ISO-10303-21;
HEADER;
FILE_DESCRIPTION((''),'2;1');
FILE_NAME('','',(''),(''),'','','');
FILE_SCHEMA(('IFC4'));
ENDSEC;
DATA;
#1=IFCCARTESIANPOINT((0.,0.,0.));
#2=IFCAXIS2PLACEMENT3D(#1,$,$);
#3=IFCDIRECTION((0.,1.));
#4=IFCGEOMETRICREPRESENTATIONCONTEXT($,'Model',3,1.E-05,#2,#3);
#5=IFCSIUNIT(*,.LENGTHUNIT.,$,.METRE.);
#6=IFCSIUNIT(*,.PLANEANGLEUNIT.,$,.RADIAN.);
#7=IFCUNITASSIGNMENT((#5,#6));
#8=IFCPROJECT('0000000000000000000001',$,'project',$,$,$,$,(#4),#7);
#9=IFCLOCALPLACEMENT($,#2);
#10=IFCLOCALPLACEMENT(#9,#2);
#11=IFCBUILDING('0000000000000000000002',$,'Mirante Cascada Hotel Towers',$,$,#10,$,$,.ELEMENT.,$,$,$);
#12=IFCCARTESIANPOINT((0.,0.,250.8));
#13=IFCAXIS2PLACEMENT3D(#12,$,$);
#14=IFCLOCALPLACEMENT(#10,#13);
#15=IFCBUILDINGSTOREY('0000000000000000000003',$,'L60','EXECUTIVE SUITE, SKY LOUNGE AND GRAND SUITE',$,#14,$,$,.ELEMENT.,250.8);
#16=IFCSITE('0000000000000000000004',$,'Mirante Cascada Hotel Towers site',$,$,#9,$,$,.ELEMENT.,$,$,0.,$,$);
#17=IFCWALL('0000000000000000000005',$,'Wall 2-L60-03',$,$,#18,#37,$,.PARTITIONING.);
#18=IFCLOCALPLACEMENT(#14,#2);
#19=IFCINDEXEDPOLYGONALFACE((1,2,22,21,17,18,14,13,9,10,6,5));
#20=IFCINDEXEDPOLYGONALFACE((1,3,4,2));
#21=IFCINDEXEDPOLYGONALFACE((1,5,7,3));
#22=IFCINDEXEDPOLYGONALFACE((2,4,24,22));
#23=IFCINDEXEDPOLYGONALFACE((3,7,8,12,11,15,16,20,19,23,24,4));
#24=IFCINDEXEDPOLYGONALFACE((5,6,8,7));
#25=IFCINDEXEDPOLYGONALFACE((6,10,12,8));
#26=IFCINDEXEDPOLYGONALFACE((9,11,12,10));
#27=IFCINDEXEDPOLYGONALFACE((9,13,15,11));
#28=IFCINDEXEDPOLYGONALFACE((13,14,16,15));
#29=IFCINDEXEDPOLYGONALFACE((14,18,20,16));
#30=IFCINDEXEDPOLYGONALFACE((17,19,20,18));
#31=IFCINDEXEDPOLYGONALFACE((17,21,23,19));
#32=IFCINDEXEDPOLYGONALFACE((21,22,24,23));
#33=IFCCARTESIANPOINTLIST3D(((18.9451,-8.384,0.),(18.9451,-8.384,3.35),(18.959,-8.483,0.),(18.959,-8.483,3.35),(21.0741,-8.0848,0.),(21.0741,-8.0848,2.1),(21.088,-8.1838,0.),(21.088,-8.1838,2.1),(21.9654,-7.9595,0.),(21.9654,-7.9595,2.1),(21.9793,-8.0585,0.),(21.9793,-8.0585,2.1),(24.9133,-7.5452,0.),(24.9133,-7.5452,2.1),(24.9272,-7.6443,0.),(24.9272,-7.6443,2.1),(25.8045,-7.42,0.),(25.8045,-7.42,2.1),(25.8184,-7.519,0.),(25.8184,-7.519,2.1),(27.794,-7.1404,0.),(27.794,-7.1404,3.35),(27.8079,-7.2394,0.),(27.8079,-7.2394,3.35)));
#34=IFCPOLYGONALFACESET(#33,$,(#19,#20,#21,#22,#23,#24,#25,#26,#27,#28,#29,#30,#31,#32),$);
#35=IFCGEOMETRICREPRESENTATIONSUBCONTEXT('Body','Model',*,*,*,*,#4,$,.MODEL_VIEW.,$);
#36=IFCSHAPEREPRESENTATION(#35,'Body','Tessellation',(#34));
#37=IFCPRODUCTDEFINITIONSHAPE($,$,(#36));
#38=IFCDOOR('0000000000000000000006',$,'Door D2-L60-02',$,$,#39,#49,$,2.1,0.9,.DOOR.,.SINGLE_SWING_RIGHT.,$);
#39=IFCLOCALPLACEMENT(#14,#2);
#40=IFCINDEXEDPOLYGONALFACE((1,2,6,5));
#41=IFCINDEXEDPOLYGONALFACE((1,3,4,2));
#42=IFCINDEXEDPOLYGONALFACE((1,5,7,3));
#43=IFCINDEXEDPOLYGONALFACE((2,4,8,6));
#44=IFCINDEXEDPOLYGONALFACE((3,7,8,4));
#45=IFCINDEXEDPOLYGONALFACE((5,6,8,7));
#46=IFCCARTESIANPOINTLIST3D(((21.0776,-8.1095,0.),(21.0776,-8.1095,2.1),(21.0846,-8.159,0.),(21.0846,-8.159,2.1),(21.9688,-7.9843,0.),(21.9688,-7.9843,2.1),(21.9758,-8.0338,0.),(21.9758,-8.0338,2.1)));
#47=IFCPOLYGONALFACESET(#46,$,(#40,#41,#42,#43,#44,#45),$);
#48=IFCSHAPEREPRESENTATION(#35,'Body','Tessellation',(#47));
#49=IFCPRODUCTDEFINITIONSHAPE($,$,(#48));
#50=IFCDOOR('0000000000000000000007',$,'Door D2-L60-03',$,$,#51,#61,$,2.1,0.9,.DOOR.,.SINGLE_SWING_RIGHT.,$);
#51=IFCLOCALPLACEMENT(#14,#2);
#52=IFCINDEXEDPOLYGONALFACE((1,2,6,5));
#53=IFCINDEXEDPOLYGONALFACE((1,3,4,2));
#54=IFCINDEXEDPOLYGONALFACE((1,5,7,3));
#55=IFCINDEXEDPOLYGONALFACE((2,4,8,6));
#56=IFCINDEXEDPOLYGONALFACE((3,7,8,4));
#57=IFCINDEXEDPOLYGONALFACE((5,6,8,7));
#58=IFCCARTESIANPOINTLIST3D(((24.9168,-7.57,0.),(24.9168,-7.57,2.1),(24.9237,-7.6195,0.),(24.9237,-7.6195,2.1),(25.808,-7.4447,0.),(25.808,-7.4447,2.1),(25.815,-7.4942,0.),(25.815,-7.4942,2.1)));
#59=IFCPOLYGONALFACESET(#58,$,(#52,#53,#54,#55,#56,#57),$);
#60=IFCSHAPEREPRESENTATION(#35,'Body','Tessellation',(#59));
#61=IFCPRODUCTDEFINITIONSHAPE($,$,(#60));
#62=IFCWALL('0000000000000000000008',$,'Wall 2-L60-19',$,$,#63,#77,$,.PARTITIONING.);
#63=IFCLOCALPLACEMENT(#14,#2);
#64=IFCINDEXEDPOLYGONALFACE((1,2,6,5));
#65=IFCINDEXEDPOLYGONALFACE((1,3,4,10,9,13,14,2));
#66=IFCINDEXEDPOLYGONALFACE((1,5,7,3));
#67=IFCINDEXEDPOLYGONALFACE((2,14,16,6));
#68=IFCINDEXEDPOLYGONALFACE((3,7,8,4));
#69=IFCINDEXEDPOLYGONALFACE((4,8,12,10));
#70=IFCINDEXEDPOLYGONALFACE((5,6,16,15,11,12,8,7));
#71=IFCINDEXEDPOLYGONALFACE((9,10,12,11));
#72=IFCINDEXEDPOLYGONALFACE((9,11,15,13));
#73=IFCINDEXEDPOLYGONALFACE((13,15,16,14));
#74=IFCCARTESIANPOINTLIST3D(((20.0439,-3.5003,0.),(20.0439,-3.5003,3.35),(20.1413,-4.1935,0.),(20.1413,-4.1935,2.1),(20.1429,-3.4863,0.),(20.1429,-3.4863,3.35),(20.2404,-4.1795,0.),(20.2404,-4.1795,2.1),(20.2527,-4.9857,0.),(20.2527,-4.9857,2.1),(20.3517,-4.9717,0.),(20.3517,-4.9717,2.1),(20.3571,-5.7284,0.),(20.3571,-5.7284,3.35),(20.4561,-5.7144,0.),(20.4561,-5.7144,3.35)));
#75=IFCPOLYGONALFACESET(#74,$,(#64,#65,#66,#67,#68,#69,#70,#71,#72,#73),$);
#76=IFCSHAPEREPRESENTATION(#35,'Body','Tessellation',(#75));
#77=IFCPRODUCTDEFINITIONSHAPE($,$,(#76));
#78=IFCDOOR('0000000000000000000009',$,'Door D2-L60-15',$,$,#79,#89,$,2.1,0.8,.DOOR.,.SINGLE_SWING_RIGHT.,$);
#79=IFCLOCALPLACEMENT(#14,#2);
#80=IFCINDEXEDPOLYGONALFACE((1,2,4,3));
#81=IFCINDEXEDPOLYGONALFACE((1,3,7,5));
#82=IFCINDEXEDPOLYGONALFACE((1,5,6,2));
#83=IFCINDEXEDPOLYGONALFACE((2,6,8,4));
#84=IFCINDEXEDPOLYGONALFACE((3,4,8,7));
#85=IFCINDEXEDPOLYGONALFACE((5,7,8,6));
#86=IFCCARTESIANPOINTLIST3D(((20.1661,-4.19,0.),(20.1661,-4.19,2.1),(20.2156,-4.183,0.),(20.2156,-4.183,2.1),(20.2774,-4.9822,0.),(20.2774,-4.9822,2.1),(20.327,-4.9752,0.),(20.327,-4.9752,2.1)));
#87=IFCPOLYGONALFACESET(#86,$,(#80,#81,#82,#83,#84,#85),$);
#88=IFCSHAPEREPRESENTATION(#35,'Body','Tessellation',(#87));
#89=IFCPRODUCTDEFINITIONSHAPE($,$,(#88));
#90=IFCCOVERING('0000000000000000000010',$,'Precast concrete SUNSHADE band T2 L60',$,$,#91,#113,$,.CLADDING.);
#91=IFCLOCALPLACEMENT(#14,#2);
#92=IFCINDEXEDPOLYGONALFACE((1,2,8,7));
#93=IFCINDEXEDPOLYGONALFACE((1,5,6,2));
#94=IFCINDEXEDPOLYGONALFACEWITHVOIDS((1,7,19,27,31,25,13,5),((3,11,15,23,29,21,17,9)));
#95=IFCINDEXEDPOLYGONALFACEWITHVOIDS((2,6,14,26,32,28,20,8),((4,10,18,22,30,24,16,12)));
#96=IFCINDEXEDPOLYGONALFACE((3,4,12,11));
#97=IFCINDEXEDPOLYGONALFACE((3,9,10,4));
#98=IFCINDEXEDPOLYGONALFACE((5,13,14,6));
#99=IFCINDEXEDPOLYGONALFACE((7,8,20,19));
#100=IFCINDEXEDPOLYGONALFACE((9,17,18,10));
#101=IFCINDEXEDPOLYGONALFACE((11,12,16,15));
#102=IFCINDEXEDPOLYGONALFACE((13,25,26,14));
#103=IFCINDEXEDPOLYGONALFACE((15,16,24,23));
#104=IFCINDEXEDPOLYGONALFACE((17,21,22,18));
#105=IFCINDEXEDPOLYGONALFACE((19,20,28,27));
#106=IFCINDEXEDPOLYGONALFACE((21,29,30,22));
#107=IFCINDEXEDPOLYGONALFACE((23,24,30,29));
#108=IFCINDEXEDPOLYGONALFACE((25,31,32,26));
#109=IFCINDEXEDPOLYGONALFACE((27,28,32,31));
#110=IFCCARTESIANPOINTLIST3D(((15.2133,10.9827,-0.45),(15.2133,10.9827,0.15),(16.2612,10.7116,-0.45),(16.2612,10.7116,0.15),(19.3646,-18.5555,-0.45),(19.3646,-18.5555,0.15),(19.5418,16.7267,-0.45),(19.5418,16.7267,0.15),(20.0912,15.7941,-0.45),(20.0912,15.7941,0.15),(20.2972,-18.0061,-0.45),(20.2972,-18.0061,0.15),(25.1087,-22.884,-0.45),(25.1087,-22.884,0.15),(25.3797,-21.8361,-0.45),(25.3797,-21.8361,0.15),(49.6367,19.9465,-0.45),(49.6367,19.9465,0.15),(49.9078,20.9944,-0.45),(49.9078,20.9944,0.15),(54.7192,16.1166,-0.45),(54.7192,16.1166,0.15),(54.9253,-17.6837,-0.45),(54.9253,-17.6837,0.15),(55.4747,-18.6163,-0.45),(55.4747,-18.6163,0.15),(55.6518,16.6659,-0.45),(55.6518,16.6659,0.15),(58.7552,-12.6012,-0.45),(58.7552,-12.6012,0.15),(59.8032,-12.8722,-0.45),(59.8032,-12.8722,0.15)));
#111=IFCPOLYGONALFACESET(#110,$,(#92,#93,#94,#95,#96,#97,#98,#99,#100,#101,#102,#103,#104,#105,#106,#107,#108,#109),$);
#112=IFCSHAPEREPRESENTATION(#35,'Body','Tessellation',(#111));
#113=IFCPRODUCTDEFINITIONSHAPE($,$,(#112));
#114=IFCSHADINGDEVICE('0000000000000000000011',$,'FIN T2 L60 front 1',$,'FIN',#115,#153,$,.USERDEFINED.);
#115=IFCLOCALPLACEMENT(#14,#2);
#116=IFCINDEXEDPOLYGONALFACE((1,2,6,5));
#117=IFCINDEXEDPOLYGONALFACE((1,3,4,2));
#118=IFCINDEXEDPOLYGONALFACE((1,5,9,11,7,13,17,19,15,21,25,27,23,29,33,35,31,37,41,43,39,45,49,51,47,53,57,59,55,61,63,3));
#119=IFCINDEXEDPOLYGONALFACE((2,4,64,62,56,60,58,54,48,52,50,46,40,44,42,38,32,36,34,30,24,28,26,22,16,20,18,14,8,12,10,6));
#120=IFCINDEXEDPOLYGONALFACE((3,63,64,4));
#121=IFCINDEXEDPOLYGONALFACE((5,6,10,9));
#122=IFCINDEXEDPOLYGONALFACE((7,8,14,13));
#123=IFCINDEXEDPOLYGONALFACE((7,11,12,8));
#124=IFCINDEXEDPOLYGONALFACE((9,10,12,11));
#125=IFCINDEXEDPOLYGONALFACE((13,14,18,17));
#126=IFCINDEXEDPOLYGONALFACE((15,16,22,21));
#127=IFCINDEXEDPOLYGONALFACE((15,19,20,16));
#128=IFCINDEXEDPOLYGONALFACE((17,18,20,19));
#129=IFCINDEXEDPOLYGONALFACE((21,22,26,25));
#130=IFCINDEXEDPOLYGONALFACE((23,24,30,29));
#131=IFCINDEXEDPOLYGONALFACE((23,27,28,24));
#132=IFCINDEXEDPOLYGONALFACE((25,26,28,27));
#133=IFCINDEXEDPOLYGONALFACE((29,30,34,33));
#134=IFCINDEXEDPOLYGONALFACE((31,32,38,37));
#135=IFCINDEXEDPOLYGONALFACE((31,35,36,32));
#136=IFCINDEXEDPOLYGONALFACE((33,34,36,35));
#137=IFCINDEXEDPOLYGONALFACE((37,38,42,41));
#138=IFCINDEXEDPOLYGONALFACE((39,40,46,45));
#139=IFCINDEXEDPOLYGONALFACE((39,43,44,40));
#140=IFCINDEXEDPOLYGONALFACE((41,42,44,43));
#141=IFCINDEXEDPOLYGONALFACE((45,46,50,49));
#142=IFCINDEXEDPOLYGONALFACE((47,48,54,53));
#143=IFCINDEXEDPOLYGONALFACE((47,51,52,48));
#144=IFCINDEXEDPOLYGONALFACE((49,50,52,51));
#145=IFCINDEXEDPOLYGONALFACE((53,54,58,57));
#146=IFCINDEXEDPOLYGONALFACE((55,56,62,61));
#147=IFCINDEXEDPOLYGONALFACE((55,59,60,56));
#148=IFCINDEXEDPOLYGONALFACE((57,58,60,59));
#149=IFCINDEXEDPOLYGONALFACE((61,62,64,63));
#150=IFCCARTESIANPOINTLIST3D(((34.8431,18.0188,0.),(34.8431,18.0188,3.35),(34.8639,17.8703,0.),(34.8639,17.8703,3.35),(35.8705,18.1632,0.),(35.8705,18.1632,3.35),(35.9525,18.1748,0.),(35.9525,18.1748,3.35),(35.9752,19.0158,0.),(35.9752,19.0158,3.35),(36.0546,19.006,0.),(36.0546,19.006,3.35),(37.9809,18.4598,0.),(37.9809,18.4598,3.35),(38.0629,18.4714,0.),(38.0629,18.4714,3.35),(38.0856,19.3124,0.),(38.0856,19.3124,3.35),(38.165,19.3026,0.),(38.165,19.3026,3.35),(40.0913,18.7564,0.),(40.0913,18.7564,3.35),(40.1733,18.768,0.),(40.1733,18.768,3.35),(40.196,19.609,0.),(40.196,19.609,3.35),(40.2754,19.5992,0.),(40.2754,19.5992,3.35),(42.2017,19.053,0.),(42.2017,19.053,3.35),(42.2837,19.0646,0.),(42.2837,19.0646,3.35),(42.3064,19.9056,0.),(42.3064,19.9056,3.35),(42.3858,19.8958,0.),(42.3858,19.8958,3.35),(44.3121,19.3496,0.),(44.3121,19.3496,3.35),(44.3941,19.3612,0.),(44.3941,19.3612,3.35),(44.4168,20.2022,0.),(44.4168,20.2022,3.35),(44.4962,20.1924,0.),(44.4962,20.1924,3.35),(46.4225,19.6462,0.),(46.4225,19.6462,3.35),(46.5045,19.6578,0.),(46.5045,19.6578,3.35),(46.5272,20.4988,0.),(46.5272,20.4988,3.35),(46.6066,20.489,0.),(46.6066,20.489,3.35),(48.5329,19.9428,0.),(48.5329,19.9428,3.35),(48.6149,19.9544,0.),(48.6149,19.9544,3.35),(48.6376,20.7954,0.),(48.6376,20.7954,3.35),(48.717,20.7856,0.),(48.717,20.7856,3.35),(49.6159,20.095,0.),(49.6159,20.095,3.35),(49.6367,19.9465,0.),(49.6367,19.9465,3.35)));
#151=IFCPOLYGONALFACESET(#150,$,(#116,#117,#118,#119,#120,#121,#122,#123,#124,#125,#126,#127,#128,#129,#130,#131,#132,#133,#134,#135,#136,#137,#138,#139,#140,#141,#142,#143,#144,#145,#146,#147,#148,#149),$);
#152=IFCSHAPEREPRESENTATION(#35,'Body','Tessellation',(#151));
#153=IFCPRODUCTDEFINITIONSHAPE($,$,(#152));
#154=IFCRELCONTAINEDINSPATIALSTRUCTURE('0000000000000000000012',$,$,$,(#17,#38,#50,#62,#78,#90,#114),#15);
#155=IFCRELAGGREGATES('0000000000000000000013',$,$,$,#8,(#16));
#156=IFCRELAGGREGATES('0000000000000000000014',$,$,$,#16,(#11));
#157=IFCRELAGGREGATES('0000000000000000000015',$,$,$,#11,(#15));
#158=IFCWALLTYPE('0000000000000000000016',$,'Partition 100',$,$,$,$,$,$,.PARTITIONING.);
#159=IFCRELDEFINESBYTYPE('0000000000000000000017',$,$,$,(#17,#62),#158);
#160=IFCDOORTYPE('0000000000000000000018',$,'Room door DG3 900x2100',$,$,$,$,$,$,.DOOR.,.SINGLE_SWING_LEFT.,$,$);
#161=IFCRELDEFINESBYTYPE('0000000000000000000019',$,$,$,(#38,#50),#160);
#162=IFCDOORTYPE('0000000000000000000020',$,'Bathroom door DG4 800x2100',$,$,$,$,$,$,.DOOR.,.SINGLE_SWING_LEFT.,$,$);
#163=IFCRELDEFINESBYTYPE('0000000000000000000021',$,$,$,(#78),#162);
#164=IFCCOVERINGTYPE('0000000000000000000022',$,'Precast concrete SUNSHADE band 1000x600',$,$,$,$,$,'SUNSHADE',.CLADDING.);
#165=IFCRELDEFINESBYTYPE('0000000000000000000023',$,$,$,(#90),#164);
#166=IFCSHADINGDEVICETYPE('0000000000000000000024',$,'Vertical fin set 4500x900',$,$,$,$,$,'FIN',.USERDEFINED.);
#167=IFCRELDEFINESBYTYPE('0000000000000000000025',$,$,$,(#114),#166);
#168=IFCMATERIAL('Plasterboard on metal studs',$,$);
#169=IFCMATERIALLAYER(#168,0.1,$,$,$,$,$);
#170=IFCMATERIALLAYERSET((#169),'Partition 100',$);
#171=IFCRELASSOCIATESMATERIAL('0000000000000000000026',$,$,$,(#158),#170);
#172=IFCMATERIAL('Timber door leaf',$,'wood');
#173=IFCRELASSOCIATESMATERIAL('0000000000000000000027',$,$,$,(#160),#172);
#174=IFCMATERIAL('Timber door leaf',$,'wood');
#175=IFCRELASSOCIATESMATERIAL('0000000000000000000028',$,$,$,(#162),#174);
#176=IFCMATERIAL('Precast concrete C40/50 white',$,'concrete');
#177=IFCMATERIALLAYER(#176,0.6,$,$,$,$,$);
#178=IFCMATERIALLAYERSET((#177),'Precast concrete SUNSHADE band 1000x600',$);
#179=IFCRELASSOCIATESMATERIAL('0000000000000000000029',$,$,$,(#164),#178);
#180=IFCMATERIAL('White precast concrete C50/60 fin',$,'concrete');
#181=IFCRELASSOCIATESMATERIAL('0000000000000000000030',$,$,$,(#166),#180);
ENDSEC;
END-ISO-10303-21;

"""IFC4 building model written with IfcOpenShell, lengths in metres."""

from ifc_helpers import new_model, si_unit, direction, frame, frame_2d, origin, place, context, subcontext, project, spatial, polyline, rectangle, outline, extrude, material, layer, layer_set, type_object, element, fill, save


model = new_model("IFC4")

# Units and contexts
model_context = context("Model", 3, precision=1e-05, world=origin(), true_north=direction((0.0, 1.0)))
body_context = subcontext(model_context, "Body", "Model", "MODEL_VIEW")
ifc_project = project(units=[si_unit("LENGTHUNIT", "METRE"), si_unit("PLANEANGLEUNIT", "RADIAN")], contexts=[model_context])

# Site, building, storey
site_placement = place(None, origin())
site = spatial("IfcSite", under=ifc_project, at=site_placement, Name="Mirante Cascada Hotel Towers site", CompositionType="ELEMENT", RefElevation=0.0)
building_placement = place(site_placement, origin())
building = spatial("IfcBuilding", under=site, at=building_placement, Name="Mirante Cascada Hotel Towers", CompositionType="ELEMENT")
storey_placement = place(building_placement, frame((0.0, 0.0, 250.8)))
storey = spatial("IfcBuildingStorey", under=building, at=storey_placement, Name="L60", Description="EXECUTIVE SUITE, SKY LOUNGE AND GRAND SUITE", CompositionType="ELEMENT", Elevation=250.8)

# Shared definitions
ifc_material_1 = material(Name="Plasterboard on metal studs")
ifc_layer_1 = layer(ifc_material_1, 0.1)
ifc_layer_set_1 = layer_set([ifc_layer_1], Name="Partition 100")
wall_type = type_object("IfcWallType", Name="Partition 100", PredefinedType="PARTITIONING", material=ifc_layer_set_1)

# Wall, openings, doors
wall_1_placement = place(storey_placement, frame((18.952, -8.4335, 0.0), z_axis=(0.0, 0.0, 1.0), x_axis=(0.990269, 0.13917, 0.0)))
wall_1 = element("IfcWall", 1, at=wall_1_placement, inside=storey, type_object=wall_type, Name="Wall 2-L60-03", PredefinedType="PARTITIONING", context=body_context, shape_type="SweptSolid", body=[
    extrude(rectangle(XDim=8.9359, YDim=0.1, at=frame_2d((4.468, 0.0))), origin(), (0.0, 0.0, 1.0), 3.35),
])
opening_1_placement = place(wall_1_placement, frame((2.15, 0.0, 0.0)))
opening_1 = element("IfcOpeningElement", 2, at=opening_1_placement, cuts=wall_1, PredefinedType="OPENING", context=body_context, shape_type="SweptSolid", body=[
    extrude(rectangle(XDim=0.9, YDim=2.1, at=frame_2d((0.45, 1.05))), frame((0.0, 0.05, 0.0), z_axis=(0.0, -1.0, 0.0), x_axis=(1.0, 0.0, 0.0)), (0.0, 0.0, 1.0), 0.1),
])
opening_2_placement = place(wall_1_placement, frame((6.0269, 0.0, 0.0)))
opening_2 = element("IfcOpeningElement", 3, at=opening_2_placement, cuts=wall_1, PredefinedType="OPENING", context=body_context, shape_type="SweptSolid", body=[
    extrude(rectangle(XDim=0.9, YDim=2.1, at=frame_2d((0.45, 1.05))), frame((0.0, 0.05, 0.0), z_axis=(0.0, -1.0, 0.0), x_axis=(1.0, 0.0, 0.0)), (0.0, 0.0, 1.0), 0.1),
])
ifc_material_2 = material(Name="Timber door leaf", Category="wood")
door_type_1 = type_object("IfcDoorType", Name="Room door DG3 900x2100", OperationType="SINGLE_SWING_LEFT", PredefinedType="DOOR", material=ifc_material_2)
door_1_placement = place(opening_1_placement, frame((0.9, 0.0, 0.0), z_axis=(0.0, 0.0, 1.0), x_axis=(-1.0, 0.0, 0.0)))
door_1 = element("IfcDoor", 4, at=door_1_placement, inside=storey, type_object=door_type_1, Name="Door D2-L60-02", OperationType="SINGLE_SWING_RIGHT", OverallHeight=2.1, OverallWidth=0.9, PredefinedType="DOOR", context=body_context, shape_type="SweptSolid", body=[
    extrude(rectangle(XDim=0.9, YDim=2.1, at=frame_2d((0.45, 1.05))), frame((0.0, 0.025, 0.0), z_axis=(0.0, -1.0, 0.0), x_axis=(1.0, 0.0, 0.0)), (0.0, 0.0, 1.0), 0.05),
])
fill(opening_1, door_1)
door_2_placement = place(opening_2_placement, frame((0.9, 0.0, 0.0), z_axis=(0.0, 0.0, 1.0), x_axis=(-1.0, 0.0, 0.0)))
door_2 = element("IfcDoor", 5, at=door_2_placement, inside=storey, type_object=door_type_1, Name="Door D2-L60-03", OperationType="SINGLE_SWING_RIGHT", OverallHeight=2.1, OverallWidth=0.9, PredefinedType="DOOR", context=body_context, shape_type="SweptSolid", body=[
    extrude(rectangle(XDim=0.9, YDim=2.1, at=frame_2d((0.45, 1.05))), frame((0.0, 0.025, 0.0), z_axis=(0.0, -1.0, 0.0), x_axis=(1.0, 0.0, 0.0)), (0.0, 0.0, 1.0), 0.05),
])
fill(opening_2, door_2)

# Wall, opening, door
wall_2_placement = place(storey_placement, frame((20.4066, -5.7214, 0.0), z_axis=(0.0, 0.0, 1.0), x_axis=(-0.1392, 0.990264, 0.0)))
wall_2 = element("IfcWall", 6, at=wall_2_placement, inside=storey, type_object=wall_type, Name="Wall 2-L60-19", PredefinedType="PARTITIONING", context=body_context, shape_type="SweptSolid", body=[
    extrude(rectangle(XDim=2.25, YDim=0.1, at=frame_2d((1.125, 0.0))), origin(), (0.0, 0.0, 1.0), 3.35),
])
opening_3_placement = place(wall_2_placement, frame((0.75, 0.0, 0.0)))
opening_3 = element("IfcOpeningElement", 7, at=opening_3_placement, cuts=wall_2, PredefinedType="OPENING", context=body_context, shape_type="SweptSolid", body=[
    extrude(rectangle(XDim=0.8, YDim=2.1, at=frame_2d((0.4, 1.05))), frame((0.0, 0.05, 0.0), z_axis=(0.0, -1.0, 0.0), x_axis=(1.0, 0.0, 0.0)), (0.0, 0.0, 1.0), 0.1),
])
ifc_material_3 = material(Name="Timber door leaf", Category="wood")
door_type_2 = type_object("IfcDoorType", Name="Bathroom door DG4 800x2100", OperationType="SINGLE_SWING_LEFT", PredefinedType="DOOR", material=ifc_material_3)
door_3_placement = place(opening_3_placement, frame((0.8, 0.0, 0.0), z_axis=(0.0, 0.0, 1.0), x_axis=(-1.0, 0.0, 0.0)))
door_3 = element("IfcDoor", 8, at=door_3_placement, inside=storey, type_object=door_type_2, Name="Door D2-L60-15", OperationType="SINGLE_SWING_RIGHT", OverallHeight=2.1, OverallWidth=0.8, PredefinedType="DOOR", context=body_context, shape_type="SweptSolid", body=[
    extrude(rectangle(XDim=0.8, YDim=2.1, at=frame_2d((0.4, 1.05))), frame((0.0, 0.025, 0.0), z_axis=(0.0, -1.0, 0.0), x_axis=(1.0, 0.0, 0.0)), (0.0, 0.0, 1.0), 0.05),
])
fill(opening_3, door_3)

# Covering
ifc_material_4 = material(Name="Precast concrete C40/50 white", Category="concrete")
ifc_layer_2 = layer(ifc_material_4, 0.6)
ifc_layer_set_2 = layer_set([ifc_layer_2], Name="Precast concrete SUNSHADE band 1000x600")
covering_type = type_object("IfcCoveringType", Name="Precast concrete SUNSHADE band 1000x600", ElementType="SUNSHADE", PredefinedType="CLADDING", material=ifc_layer_set_2)
covering_placement = place(storey_placement, frame((0.0, 0.0, -0.45)))
element("IfcCovering", 9, at=covering_placement, inside=storey, type_object=covering_type, Name="Precast concrete SUNSHADE band T2 L60", PredefinedType="CLADDING", context=body_context, shape_type="SweptSolid", body=[
    extrude(outline(polyline([(15.2133, 10.9827), (19.5418, 16.7267), (49.9078, 20.9944), (55.6518, 16.6659), (59.8032, -12.8722), (55.4747, -18.6163), (25.1087, -22.884), (19.3646, -18.5555), (15.2133, 10.9827)]), holes=[polyline([(58.7552, -12.6012), (54.7192, 16.1166), (49.6367, 19.9465), (20.0912, 15.7941), (16.2612, 10.7116), (20.2972, -18.0061), (25.3797, -21.8361), (54.9253, -17.6837), (58.7552, -12.6012)])]), origin(), (0.0, 0.0, 1.0), 0.6),
])

# Shading device
ifc_material_5 = material(Name="White precast concrete C50/60 fin", Category="concrete")
shading_device_type = type_object("IfcShadingDeviceType", Name="Vertical fin set 4500x900", ElementType="FIN", PredefinedType="USERDEFINED", material=ifc_material_5)
shading_device_1_placement = place(storey_placement, origin())
element("IfcShadingDevice", 10, at=shading_device_1_placement, inside=storey, type_object=shading_device_type, Name="FIN T2 L60 front 1", ObjectType="FIN", PredefinedType="USERDEFINED", context=body_context, shape_type="SweptSolid", body=[
    extrude(outline(polyline([(36.0546, 19.006), (35.9525, 18.1748), (37.9809, 18.4598), (38.0856, 19.3124), (38.165, 19.3026), (38.0629, 18.4714), (40.0913, 18.7564), (40.196, 19.609), (40.2754, 19.5992), (40.1733, 18.768), (42.2017, 19.053), (42.3064, 19.9056), (42.3858, 19.8958), (42.2837, 19.0646), (44.3121, 19.3496), (44.4168, 20.2022), (44.4962, 20.1924), (44.3941, 19.3612), (46.4225, 19.6462), (46.5272, 20.4988), (46.6066, 20.489), (46.5045, 19.6578), (48.5329, 19.9428), (48.6376, 20.7954), (48.717, 20.7856), (48.6149, 19.9544), (49.6159, 20.095), (49.6367, 19.9465), (34.8639, 17.8703), (34.8431, 18.0188), (35.8705, 18.1632), (35.9752, 19.0158), (36.0546, 19.006)])), origin(), (0.0, 0.0, 1.0), 3.35),
])

save(model, "model.ifc")
